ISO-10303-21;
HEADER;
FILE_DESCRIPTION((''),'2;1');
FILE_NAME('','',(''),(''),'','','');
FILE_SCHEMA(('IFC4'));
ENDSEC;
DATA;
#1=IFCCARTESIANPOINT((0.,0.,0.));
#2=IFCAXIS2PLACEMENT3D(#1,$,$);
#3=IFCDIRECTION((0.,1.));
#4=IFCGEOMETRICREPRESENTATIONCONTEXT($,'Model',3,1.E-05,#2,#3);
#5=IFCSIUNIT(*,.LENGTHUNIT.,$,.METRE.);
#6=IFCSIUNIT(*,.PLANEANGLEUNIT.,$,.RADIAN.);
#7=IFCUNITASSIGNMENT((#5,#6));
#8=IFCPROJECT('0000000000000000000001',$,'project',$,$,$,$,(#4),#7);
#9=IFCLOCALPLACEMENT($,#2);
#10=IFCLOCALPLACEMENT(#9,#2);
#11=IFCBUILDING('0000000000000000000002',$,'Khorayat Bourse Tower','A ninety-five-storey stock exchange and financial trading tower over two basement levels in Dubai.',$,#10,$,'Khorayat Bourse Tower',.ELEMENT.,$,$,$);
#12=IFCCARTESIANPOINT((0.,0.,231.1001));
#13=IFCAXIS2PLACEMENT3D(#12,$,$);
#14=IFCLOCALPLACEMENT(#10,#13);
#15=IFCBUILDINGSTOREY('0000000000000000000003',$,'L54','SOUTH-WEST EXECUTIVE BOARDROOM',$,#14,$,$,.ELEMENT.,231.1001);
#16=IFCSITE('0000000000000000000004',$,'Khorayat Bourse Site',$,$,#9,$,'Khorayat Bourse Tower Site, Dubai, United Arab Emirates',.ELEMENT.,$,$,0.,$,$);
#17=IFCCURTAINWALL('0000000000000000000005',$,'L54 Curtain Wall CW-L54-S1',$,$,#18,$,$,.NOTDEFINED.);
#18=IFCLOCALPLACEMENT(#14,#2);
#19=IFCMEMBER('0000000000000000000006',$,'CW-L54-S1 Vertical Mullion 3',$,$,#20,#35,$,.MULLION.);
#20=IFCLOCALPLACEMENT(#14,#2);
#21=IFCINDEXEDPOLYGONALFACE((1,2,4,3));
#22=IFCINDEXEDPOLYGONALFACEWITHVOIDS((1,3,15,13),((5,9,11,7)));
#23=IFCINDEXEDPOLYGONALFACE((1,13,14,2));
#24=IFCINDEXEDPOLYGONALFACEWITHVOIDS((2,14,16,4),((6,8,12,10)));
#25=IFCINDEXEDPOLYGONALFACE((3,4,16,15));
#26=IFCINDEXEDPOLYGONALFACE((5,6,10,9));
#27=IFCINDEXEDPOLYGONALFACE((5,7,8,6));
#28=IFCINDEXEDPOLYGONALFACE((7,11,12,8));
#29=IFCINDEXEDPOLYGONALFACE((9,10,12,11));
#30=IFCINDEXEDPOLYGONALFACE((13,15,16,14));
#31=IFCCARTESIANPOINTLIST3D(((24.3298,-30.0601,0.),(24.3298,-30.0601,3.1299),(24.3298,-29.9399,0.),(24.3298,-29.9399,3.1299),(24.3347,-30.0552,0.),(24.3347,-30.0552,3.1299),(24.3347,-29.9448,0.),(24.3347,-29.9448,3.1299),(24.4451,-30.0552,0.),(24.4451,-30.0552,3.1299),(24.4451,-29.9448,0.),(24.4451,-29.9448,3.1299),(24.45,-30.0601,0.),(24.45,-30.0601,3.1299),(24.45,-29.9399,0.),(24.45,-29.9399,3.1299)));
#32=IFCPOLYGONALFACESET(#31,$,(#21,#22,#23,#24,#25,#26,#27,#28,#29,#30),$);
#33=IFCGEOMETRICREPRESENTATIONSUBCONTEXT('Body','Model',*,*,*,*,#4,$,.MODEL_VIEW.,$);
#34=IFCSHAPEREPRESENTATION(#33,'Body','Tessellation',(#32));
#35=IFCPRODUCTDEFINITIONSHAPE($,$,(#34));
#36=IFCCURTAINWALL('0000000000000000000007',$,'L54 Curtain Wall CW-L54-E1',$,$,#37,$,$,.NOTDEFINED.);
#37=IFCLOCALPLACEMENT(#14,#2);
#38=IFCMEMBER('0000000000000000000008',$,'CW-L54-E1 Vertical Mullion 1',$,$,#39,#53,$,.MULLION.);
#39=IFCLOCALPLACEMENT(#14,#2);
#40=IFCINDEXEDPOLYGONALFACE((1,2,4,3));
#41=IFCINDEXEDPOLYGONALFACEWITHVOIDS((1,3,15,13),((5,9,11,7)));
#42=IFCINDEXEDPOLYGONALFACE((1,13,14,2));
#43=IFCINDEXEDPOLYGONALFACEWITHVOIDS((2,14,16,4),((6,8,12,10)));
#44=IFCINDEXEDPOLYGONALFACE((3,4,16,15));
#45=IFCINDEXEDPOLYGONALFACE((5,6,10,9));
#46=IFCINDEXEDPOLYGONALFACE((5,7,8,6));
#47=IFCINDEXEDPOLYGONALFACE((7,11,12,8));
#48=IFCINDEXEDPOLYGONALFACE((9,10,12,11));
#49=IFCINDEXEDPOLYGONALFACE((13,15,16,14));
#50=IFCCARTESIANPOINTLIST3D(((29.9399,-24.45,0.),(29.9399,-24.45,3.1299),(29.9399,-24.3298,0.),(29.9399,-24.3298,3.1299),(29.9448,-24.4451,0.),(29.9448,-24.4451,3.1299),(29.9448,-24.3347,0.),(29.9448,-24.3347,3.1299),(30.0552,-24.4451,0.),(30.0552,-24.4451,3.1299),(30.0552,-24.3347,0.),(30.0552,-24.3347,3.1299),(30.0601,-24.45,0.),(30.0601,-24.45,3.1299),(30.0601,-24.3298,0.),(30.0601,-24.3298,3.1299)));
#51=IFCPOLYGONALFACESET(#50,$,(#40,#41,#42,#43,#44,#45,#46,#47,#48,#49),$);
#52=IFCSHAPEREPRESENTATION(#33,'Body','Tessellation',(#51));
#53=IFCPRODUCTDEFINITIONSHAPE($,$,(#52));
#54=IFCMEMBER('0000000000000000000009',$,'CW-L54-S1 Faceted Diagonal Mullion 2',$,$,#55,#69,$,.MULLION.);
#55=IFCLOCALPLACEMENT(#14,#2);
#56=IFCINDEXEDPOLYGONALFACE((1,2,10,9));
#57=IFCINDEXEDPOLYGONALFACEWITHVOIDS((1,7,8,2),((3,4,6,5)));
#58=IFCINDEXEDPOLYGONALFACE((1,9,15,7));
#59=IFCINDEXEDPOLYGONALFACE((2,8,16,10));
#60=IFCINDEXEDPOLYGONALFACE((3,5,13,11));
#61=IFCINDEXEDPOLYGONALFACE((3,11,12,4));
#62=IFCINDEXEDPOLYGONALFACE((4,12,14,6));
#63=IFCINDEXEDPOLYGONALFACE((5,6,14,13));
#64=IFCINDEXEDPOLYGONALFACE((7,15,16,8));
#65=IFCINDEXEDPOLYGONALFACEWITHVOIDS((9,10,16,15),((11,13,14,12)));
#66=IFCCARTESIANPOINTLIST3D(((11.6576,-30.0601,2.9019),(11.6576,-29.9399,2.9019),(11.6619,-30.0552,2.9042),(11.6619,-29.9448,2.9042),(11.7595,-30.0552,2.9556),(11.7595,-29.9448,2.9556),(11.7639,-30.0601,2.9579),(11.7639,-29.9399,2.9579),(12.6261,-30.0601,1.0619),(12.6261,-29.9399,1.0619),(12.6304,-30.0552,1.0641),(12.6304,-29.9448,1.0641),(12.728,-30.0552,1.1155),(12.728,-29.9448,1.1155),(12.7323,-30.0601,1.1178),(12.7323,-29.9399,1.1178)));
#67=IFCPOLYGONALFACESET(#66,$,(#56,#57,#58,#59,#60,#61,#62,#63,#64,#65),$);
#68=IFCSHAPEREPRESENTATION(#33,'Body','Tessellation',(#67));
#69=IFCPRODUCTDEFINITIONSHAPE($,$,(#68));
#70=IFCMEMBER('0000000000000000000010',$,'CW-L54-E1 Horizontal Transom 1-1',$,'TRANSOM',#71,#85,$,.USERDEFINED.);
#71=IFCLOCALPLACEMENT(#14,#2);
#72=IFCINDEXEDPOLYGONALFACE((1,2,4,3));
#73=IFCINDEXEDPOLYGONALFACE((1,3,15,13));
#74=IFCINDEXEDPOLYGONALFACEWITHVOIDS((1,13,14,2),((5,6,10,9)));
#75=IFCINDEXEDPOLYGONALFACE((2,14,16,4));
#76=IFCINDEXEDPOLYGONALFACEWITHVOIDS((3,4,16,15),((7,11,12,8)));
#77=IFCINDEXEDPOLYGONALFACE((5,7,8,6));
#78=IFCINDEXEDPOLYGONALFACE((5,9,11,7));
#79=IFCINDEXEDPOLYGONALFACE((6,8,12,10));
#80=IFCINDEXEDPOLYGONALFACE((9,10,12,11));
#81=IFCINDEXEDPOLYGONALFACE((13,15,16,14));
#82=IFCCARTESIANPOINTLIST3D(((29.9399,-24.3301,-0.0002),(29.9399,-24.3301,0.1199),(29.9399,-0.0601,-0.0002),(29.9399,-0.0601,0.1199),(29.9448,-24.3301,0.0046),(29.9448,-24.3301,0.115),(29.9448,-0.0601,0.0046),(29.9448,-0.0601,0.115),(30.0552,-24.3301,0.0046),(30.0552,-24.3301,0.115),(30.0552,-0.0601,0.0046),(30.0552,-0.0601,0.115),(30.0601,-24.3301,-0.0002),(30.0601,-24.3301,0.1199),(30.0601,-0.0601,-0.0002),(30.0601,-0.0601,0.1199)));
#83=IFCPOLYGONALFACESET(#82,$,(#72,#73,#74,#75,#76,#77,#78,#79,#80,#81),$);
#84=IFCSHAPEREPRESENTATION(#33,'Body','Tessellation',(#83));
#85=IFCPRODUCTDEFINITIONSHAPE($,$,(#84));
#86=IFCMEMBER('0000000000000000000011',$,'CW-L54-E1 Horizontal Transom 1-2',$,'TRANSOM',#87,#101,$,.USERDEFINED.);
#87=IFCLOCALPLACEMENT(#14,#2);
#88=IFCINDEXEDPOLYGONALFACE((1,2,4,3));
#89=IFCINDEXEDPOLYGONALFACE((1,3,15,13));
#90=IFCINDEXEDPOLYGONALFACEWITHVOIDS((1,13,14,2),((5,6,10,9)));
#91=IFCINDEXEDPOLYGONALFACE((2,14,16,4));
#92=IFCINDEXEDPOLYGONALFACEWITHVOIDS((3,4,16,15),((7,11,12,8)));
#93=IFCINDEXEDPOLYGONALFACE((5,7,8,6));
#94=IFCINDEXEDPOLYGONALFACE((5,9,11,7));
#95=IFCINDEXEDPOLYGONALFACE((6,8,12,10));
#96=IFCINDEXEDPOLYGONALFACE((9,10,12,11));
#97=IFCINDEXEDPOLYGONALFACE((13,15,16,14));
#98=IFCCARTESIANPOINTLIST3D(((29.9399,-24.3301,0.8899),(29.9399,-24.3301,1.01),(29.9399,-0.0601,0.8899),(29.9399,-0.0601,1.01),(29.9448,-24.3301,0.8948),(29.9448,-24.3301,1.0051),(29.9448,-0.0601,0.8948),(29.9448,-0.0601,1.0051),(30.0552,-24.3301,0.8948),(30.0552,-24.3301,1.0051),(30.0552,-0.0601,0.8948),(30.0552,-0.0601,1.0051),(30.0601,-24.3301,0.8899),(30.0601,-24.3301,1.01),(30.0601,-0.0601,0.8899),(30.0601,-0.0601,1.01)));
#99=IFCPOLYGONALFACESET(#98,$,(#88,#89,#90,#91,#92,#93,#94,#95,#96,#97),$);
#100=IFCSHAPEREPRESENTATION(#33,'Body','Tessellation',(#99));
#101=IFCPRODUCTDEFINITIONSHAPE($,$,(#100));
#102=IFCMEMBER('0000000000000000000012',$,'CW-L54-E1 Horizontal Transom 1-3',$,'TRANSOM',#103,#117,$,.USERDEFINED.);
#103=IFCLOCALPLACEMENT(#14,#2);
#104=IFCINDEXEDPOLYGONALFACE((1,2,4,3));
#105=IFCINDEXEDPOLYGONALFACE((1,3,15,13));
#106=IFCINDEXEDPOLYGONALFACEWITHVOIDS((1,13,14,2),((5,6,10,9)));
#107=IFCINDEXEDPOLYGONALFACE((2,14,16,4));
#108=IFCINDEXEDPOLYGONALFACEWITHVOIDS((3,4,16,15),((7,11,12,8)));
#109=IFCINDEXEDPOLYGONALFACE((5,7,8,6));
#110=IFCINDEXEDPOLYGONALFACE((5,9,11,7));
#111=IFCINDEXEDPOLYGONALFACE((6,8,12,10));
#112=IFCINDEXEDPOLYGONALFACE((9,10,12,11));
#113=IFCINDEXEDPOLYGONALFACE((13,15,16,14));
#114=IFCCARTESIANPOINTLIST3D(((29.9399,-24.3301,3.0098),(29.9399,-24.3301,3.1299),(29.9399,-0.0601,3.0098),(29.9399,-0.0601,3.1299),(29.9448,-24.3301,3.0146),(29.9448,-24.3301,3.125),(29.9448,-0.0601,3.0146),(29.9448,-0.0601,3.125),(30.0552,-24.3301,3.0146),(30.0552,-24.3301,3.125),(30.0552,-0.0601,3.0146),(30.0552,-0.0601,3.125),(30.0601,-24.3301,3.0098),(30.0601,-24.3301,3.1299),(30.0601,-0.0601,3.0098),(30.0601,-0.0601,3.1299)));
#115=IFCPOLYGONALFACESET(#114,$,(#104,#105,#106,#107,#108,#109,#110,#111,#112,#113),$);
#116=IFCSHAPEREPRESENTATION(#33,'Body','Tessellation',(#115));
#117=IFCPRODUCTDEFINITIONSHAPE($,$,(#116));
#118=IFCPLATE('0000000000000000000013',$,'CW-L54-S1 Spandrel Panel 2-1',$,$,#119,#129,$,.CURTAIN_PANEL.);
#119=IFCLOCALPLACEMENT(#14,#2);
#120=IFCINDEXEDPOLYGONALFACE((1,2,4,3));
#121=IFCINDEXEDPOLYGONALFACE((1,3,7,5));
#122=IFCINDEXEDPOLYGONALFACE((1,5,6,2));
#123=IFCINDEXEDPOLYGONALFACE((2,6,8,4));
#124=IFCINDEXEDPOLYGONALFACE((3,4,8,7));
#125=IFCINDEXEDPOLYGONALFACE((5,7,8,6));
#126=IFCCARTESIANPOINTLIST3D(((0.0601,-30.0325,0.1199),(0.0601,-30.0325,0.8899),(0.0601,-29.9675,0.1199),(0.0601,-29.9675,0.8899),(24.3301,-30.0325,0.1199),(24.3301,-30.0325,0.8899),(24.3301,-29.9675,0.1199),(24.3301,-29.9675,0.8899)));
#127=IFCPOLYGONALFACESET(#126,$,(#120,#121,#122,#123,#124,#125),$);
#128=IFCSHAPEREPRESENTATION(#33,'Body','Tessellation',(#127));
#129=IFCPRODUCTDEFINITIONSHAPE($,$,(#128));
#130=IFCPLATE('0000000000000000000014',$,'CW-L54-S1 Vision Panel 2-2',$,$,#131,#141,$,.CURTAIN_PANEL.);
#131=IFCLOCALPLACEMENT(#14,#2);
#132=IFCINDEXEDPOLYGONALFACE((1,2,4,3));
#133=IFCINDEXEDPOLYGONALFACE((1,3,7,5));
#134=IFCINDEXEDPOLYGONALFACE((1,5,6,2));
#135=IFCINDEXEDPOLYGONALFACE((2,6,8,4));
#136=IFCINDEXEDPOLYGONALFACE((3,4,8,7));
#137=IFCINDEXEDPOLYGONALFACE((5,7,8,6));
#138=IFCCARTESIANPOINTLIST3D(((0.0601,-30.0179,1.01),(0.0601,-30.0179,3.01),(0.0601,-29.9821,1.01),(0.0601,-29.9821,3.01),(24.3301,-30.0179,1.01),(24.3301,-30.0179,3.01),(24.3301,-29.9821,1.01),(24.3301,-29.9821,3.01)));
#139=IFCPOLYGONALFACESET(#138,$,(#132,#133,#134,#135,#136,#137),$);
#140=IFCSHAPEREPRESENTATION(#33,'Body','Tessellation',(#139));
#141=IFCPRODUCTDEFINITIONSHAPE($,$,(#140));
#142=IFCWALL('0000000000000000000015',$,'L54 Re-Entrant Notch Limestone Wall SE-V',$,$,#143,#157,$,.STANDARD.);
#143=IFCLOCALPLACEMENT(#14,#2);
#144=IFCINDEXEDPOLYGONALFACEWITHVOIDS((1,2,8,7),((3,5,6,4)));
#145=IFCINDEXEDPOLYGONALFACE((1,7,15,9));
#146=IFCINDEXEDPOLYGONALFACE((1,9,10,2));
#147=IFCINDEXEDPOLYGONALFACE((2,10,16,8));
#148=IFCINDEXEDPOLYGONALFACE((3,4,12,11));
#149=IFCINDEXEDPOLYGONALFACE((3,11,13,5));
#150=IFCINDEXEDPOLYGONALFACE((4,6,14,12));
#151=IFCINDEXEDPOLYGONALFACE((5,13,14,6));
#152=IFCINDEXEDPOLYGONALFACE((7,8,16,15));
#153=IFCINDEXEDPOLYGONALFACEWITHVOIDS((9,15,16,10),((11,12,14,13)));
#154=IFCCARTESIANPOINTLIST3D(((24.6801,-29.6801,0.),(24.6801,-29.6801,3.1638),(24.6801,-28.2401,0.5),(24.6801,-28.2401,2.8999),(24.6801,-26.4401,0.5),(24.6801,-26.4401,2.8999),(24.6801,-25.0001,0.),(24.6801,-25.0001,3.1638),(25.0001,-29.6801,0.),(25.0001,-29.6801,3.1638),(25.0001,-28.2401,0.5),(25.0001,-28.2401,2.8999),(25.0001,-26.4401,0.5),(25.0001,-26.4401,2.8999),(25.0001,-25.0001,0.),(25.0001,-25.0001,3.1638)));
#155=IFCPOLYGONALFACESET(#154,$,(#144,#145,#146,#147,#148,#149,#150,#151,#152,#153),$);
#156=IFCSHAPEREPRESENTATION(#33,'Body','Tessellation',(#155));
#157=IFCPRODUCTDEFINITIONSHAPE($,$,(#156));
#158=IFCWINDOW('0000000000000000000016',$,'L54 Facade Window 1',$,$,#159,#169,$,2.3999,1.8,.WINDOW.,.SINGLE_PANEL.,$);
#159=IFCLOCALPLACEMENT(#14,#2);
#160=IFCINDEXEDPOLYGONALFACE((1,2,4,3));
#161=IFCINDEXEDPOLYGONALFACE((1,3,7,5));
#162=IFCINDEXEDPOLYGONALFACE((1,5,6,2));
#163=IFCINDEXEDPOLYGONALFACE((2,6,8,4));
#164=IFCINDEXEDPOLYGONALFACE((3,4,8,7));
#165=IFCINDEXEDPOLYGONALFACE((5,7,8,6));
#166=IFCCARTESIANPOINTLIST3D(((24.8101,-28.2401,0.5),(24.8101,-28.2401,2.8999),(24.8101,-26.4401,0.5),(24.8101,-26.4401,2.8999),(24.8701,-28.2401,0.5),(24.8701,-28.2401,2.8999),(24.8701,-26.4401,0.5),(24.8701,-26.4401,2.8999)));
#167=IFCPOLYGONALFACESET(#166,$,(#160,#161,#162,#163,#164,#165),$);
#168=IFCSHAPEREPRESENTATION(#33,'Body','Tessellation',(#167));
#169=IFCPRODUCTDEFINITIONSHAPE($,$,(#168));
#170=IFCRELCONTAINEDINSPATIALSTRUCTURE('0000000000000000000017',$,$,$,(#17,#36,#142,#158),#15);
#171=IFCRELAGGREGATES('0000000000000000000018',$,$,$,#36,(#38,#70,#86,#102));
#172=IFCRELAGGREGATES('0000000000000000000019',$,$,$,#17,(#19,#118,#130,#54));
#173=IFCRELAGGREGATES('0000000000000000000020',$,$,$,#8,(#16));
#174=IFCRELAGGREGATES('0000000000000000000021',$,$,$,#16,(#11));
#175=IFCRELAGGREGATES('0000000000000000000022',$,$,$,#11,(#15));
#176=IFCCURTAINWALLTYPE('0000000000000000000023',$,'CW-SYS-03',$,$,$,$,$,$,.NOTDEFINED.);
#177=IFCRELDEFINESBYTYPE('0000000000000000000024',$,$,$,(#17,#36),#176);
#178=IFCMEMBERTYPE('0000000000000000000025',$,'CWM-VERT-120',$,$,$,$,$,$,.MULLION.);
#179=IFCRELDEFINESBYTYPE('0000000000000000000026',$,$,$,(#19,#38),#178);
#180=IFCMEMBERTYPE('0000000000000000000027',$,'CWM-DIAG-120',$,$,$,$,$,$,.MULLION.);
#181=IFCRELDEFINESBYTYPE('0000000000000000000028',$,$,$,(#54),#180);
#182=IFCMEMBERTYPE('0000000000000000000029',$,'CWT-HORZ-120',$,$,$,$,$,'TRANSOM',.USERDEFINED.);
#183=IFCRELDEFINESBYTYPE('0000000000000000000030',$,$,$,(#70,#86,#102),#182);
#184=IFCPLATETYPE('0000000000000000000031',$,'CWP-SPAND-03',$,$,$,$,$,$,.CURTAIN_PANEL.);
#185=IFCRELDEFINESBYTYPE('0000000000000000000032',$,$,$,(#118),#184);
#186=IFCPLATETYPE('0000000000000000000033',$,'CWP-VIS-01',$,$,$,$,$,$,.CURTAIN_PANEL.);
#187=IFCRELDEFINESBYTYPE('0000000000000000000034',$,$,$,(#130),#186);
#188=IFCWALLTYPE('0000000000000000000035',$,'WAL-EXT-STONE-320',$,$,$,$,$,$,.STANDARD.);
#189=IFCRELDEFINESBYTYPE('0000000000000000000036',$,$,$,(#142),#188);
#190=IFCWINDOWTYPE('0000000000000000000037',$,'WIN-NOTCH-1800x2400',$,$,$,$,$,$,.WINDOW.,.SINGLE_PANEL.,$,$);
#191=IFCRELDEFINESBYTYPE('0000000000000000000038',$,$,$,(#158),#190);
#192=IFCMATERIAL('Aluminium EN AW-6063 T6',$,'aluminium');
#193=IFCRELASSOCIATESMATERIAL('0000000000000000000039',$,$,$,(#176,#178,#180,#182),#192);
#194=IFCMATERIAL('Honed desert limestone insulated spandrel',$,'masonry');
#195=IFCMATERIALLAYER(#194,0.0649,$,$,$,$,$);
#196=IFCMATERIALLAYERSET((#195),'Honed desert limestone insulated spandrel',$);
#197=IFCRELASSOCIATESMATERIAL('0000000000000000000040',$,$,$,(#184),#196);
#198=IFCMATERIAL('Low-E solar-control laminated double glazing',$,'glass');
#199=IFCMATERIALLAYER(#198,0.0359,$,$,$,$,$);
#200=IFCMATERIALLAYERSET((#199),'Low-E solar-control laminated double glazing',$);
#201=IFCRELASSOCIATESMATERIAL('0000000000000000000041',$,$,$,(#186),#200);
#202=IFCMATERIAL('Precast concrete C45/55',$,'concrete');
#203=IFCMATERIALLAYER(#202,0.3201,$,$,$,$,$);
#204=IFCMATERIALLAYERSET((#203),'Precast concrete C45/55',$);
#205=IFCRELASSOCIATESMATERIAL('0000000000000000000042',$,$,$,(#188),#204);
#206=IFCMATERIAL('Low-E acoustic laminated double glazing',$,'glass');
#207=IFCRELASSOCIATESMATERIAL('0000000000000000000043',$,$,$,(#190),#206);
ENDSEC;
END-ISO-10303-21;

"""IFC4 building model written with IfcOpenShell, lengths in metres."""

from ifc_helpers import new_model, si_unit, direction, frame, frame_2d, origin, origin_2d, place, context, subcontext, project, spatial, rectangle, hollow_rectangle, extrude, source, transform, mapped, material, layer, layer_set, material_profile, profile_set, type_object, element, fill, aggregate, save


model = new_model("IFC4")

# Units and contexts
model_context = context("Model", 3, precision=1e-05, world=origin(), true_north=direction((0.0, 1.0)))
body_context = subcontext(model_context, "Body", "Model", "MODEL_VIEW")
ifc_project = project(units=[si_unit("LENGTHUNIT", "METRE"), si_unit("PLANEANGLEUNIT", "RADIAN")], contexts=[model_context])

# Site, building, storey
site_placement = place(None, origin())
site = spatial("IfcSite", under=ifc_project, at=site_placement, Name="Khorayat Bourse Site", LongName="Khorayat Bourse Tower Site, Dubai, United Arab Emirates", CompositionType="ELEMENT", RefElevation=0.0)
building_placement = place(site_placement, origin())
building = spatial("IfcBuilding", under=site, at=building_placement, Name="Khorayat Bourse Tower", Description="A ninety-five-storey stock exchange and financial trading tower over two basement levels in Dubai.", LongName="Khorayat Bourse Tower", CompositionType="ELEMENT")
storey_placement = place(building_placement, frame((0.0, 0.0, 231.1001)))
storey = spatial("IfcBuildingStorey", under=building, at=storey_placement, Name="L54", Description="SOUTH-WEST EXECUTIVE BOARDROOM", CompositionType="ELEMENT", Elevation=231.1001)

# Curtain walls, members
ifc_material_1 = material(Name="Aluminium EN AW-6063 T6", Category="aluminium")
curtain_wall_type = type_object("IfcCurtainWallType", Name="CW-SYS-03", PredefinedType="NOTDEFINED", material=ifc_material_1)
curtain_wall_1_placement = place(storey_placement, origin())
curtain_wall_1 = element("IfcCurtainWall", 1, at=curtain_wall_1_placement, inside=storey, type_object=curtain_wall_type, Name="L54 Curtain Wall CW-L54-S1", PredefinedType="NOTDEFINED")
ifc_material_profile_1 = material_profile(ifc_material_1, hollow_rectangle(XDim=0.1201, YDim=0.1201, WallThickness=0.0049, at=origin_2d()), Name="ALU 120x120x5")
ifc_profile_set_1 = profile_set([ifc_material_profile_1], Name="Aluminium EN AW-6063 T6")
member_type_1 = type_object("IfcMemberType", Name="CWM-VERT-120", PredefinedType="MULLION", material=ifc_profile_set_1)
shared_shape_1 = source(origin(), body_context, "Body", "SweptSolid", [
    extrude(hollow_rectangle(XDim=0.1201, YDim=0.1201, WallThickness=0.0049, at=origin_2d()), origin(), (0.0, 0.0, 1.0), 3.1299),
])
member_1_placement = place(storey_placement, frame((24.3899, -30.0, 0.0), z_axis=(0.0, 0.0, 1.0), x_axis=(0.0, 1.0, 0.0)))
member_1 = element("IfcMember", 2, at=member_1_placement, type_object=member_type_1, Name="CW-L54-S1 Vertical Mullion 3", PredefinedType="MULLION", context=body_context, shape_type="MappedRepresentation", body=[
    mapped(shared_shape_1, transform((0.0, 0.0, 0.0), scale=1.0)),
])
curtain_wall_2_placement = place(storey_placement, origin())
curtain_wall_2 = element("IfcCurtainWall", 3, at=curtain_wall_2_placement, inside=storey, type_object=curtain_wall_type, Name="L54 Curtain Wall CW-L54-E1", PredefinedType="NOTDEFINED")
member_2_placement = place(storey_placement, frame((30.0, -24.3899, 0.0), z_axis=(0.0, 0.0, 1.0), x_axis=(-1.0, 0.0, 0.0)))
member_2 = element("IfcMember", 4, at=member_2_placement, type_object=member_type_1, Name="CW-L54-E1 Vertical Mullion 1", PredefinedType="MULLION", context=body_context, shape_type="MappedRepresentation", body=[
    mapped(shared_shape_1, transform((0.0, 0.0, 0.0), scale=1.0)),
])

# Members
ifc_material_profile_2 = material_profile(ifc_material_1, hollow_rectangle(XDim=0.1201, YDim=0.1201, WallThickness=0.0049, at=origin_2d()), Name="ALU 120x120x5")
ifc_profile_set_2 = profile_set([ifc_material_profile_2], Name="Aluminium EN AW-6063 T6")
member_type_2 = type_object("IfcMemberType", Name="CWM-DIAG-120", PredefinedType="MULLION", material=ifc_profile_set_2)
shared_shape_2 = source(origin(), body_context, "Body", "SweptSolid", [
    extrude(hollow_rectangle(XDim=0.1201, YDim=0.1201, WallThickness=0.0049, at=origin_2d()), origin(), (0.0, 0.0, 1.0), 2.0793),
])
member_3_placement = place(storey_placement, frame((12.6792, -30.0, 1.0898), z_axis=(-0.465761, 0.0, 0.884911), x_axis=(0.0, -1.0, 0.0)))
member_3 = element("IfcMember", 5, at=member_3_placement, type_object=member_type_2, Name="CW-L54-S1 Faceted Diagonal Mullion 2", PredefinedType="MULLION", context=body_context, shape_type="MappedRepresentation", body=[
    mapped(shared_shape_2, transform((0.0, 0.0, 0.0), scale=1.0)),
])
ifc_material_profile_3 = material_profile(ifc_material_1, hollow_rectangle(XDim=0.1201, YDim=0.1201, WallThickness=0.0049, at=origin_2d()), Name="ALU 120x120x5")
ifc_profile_set_3 = profile_set([ifc_material_profile_3], Name="Aluminium EN AW-6063 T6")
member_type_3 = type_object("IfcMemberType", Name="CWT-HORZ-120", ElementType="TRANSOM", PredefinedType="USERDEFINED", material=ifc_profile_set_3)
shared_shape_3 = source(origin(), body_context, "Body", "SweptSolid", [
    extrude(hollow_rectangle(XDim=0.1201, YDim=0.1201, WallThickness=0.0049, at=origin_2d()), origin(), (0.0, 0.0, 1.0), 24.27),
])
member_4_placement = place(storey_placement, frame((30.0, -24.3301, 0.0598), z_axis=(0.0, 1.0, 0.0), x_axis=(-1.0, 0.0, 0.0)))
member_4 = element("IfcMember", 6, at=member_4_placement, type_object=member_type_3, Name="CW-L54-E1 Horizontal Transom 1-1", ObjectType="TRANSOM", PredefinedType="USERDEFINED", context=body_context, shape_type="MappedRepresentation", body=[
    mapped(shared_shape_3, transform((0.0, 0.0, 0.0), scale=1.0)),
])
member_5_placement = place(storey_placement, frame((30.0, -24.3301, 0.95), z_axis=(0.0, 1.0, 0.0), x_axis=(-1.0, 0.0, 0.0)))
member_5 = element("IfcMember", 7, at=member_5_placement, type_object=member_type_3, Name="CW-L54-E1 Horizontal Transom 1-2", ObjectType="TRANSOM", PredefinedType="USERDEFINED", context=body_context, shape_type="MappedRepresentation", body=[
    mapped(shared_shape_3, transform((0.0, 0.0, 0.0), scale=1.0)),
])
member_6_placement = place(storey_placement, frame((30.0, -24.3301, 3.0698), z_axis=(0.0, 1.0, 0.0), x_axis=(-1.0, 0.0, 0.0)))
member_6 = element("IfcMember", 8, at=member_6_placement, type_object=member_type_3, Name="CW-L54-E1 Horizontal Transom 1-3", ObjectType="TRANSOM", PredefinedType="USERDEFINED", context=body_context, shape_type="MappedRepresentation", body=[
    mapped(shared_shape_3, transform((0.0, 0.0, 0.0), scale=1.0)),
])
aggregate(curtain_wall_2, [member_2, member_4, member_5, member_6])

# Plates
ifc_material_2 = material(Name="Honed desert limestone insulated spandrel", Category="masonry")
ifc_layer_1 = layer(ifc_material_2, 0.0649)
ifc_layer_set_1 = layer_set([ifc_layer_1], Name="Honed desert limestone insulated spandrel")
plate_type_1 = type_object("IfcPlateType", Name="CWP-SPAND-03", PredefinedType="CURTAIN_PANEL", material=ifc_layer_set_1)
shared_shape_4 = source(origin(), body_context, "Body", "SweptSolid", [
    extrude(rectangle(XDim=24.27, YDim=0.0649, at=origin_2d()), origin(), (0.0, 0.0, 1.0), 0.77),
])
plate_1_placement = place(storey_placement, frame((12.1951, -30.0, 0.1199), z_axis=(0.0, 0.0, 1.0), x_axis=(1.0, 0.0, 0.0)))
plate_1 = element("IfcPlate", 9, at=plate_1_placement, type_object=plate_type_1, Name="CW-L54-S1 Spandrel Panel 2-1", PredefinedType="CURTAIN_PANEL", context=body_context, shape_type="MappedRepresentation", body=[
    mapped(shared_shape_4, transform((0.0, 0.0, 0.0), scale=1.0)),
])
ifc_material_3 = material(Name="Low-E solar-control laminated double glazing", Category="glass")
ifc_layer_2 = layer(ifc_material_3, 0.0359)
ifc_layer_set_2 = layer_set([ifc_layer_2], Name="Low-E solar-control laminated double glazing")
plate_type_2 = type_object("IfcPlateType", Name="CWP-VIS-01", PredefinedType="CURTAIN_PANEL", material=ifc_layer_set_2)
shared_shape_5 = source(origin(), body_context, "Body", "SweptSolid", [
    extrude(rectangle(XDim=24.27, YDim=0.0359, at=origin_2d()), origin(), (0.0, 0.0, 1.0), 2.0),
])
plate_2_placement = place(storey_placement, frame((12.1951, -30.0, 1.01), z_axis=(0.0, 0.0, 1.0), x_axis=(1.0, 0.0, 0.0)))
plate_2 = element("IfcPlate", 10, at=plate_2_placement, type_object=plate_type_2, Name="CW-L54-S1 Vision Panel 2-2", PredefinedType="CURTAIN_PANEL", context=body_context, shape_type="MappedRepresentation", body=[
    mapped(shared_shape_5, transform((0.0, 0.0, 0.0), scale=1.0)),
])
aggregate(curtain_wall_1, [member_1, plate_1, plate_2, member_3])

# Wall, opening, window
ifc_material_4 = material(Name="Precast concrete C45/55", Category="concrete")
ifc_layer_3 = layer(ifc_material_4, 0.3201)
ifc_layer_set_3 = layer_set([ifc_layer_3], Name="Precast concrete C45/55")
wall_type_1 = type_object("IfcWallType", Name="WAL-EXT-STONE-320", PredefinedType="STANDARD", material=ifc_layer_set_3)
shared_shape_6 = source(origin(), body_context, "Body", "SweptSolid", [
    extrude(rectangle(XDim=4.6799, YDim=0.3201, at=frame_2d((2.3398, 0.0))), origin(), (0.0, 0.0, 1.0), 3.1638),
])
wall_1_placement = place(storey_placement, frame((24.8401, -29.6799, 0.0), z_axis=(0.0, 0.0, 1.0), x_axis=(0.0, 1.0, 0.0)))
wall_1 = element("IfcWall", 11, at=wall_1_placement, inside=storey, type_object=wall_type_1, Name="L54 Re-Entrant Notch Limestone Wall SE-V", PredefinedType="STANDARD", context=body_context, shape_type="MappedRepresentation", body=[
    mapped(shared_shape_6, transform((0.0, 0.0, 0.0), scale=1.0)),
])
shared_shape_7 = source(origin(), body_context, "Body", "SweptSolid", [
    extrude(rectangle(XDim=1.8, YDim=2.3999, at=frame_2d((0.8999, 1.2))), frame((0.0, 0.1699, 0.0), z_axis=(0.0, -1.0, 0.0), x_axis=(1.0, 0.0, 0.0)), (0.0, 0.0, 1.0), 0.3401),
])
opening_1_placement = place(wall_1_placement, frame((1.4399, 0.0, 0.5)))
opening_1 = element("IfcOpeningElement", 12, at=opening_1_placement, cuts=wall_1, PredefinedType="OPENING", context=body_context, shape_type="MappedRepresentation", body=[
    mapped(shared_shape_7, transform((0.0, 0.0, 0.0), scale=1.0)),
])
ifc_material_5 = material(Name="Low-E acoustic laminated double glazing", Category="glass")
window_type = type_object("IfcWindowType", Name="WIN-NOTCH-1800x2400", PartitioningType="SINGLE_PANEL", PredefinedType="WINDOW", material=ifc_material_5)
shared_shape_8 = source(origin(), body_context, "Body", "SweptSolid", [
    extrude(rectangle(XDim=1.8, YDim=2.3999, at=frame_2d((0.8999, 1.2))), frame((0.0, 0.03, 0.0), z_axis=(0.0, -1.0, 0.0), x_axis=(1.0, 0.0, 0.0)), (0.0, 0.0, 1.0), 0.0601),
])
window_1_placement = place(opening_1_placement, origin())
window_1 = element("IfcWindow", 13, at=window_1_placement, inside=storey, type_object=window_type, Name="L54 Facade Window 1", OverallHeight=2.3999, OverallWidth=1.8, PartitioningType="SINGLE_PANEL", PredefinedType="WINDOW", context=body_context, shape_type="MappedRepresentation", body=[
    mapped(shared_shape_8, transform((0.0, 0.0, 0.0), scale=1.0)),
])
fill(opening_1, window_1)

save(model, "model.ifc")
